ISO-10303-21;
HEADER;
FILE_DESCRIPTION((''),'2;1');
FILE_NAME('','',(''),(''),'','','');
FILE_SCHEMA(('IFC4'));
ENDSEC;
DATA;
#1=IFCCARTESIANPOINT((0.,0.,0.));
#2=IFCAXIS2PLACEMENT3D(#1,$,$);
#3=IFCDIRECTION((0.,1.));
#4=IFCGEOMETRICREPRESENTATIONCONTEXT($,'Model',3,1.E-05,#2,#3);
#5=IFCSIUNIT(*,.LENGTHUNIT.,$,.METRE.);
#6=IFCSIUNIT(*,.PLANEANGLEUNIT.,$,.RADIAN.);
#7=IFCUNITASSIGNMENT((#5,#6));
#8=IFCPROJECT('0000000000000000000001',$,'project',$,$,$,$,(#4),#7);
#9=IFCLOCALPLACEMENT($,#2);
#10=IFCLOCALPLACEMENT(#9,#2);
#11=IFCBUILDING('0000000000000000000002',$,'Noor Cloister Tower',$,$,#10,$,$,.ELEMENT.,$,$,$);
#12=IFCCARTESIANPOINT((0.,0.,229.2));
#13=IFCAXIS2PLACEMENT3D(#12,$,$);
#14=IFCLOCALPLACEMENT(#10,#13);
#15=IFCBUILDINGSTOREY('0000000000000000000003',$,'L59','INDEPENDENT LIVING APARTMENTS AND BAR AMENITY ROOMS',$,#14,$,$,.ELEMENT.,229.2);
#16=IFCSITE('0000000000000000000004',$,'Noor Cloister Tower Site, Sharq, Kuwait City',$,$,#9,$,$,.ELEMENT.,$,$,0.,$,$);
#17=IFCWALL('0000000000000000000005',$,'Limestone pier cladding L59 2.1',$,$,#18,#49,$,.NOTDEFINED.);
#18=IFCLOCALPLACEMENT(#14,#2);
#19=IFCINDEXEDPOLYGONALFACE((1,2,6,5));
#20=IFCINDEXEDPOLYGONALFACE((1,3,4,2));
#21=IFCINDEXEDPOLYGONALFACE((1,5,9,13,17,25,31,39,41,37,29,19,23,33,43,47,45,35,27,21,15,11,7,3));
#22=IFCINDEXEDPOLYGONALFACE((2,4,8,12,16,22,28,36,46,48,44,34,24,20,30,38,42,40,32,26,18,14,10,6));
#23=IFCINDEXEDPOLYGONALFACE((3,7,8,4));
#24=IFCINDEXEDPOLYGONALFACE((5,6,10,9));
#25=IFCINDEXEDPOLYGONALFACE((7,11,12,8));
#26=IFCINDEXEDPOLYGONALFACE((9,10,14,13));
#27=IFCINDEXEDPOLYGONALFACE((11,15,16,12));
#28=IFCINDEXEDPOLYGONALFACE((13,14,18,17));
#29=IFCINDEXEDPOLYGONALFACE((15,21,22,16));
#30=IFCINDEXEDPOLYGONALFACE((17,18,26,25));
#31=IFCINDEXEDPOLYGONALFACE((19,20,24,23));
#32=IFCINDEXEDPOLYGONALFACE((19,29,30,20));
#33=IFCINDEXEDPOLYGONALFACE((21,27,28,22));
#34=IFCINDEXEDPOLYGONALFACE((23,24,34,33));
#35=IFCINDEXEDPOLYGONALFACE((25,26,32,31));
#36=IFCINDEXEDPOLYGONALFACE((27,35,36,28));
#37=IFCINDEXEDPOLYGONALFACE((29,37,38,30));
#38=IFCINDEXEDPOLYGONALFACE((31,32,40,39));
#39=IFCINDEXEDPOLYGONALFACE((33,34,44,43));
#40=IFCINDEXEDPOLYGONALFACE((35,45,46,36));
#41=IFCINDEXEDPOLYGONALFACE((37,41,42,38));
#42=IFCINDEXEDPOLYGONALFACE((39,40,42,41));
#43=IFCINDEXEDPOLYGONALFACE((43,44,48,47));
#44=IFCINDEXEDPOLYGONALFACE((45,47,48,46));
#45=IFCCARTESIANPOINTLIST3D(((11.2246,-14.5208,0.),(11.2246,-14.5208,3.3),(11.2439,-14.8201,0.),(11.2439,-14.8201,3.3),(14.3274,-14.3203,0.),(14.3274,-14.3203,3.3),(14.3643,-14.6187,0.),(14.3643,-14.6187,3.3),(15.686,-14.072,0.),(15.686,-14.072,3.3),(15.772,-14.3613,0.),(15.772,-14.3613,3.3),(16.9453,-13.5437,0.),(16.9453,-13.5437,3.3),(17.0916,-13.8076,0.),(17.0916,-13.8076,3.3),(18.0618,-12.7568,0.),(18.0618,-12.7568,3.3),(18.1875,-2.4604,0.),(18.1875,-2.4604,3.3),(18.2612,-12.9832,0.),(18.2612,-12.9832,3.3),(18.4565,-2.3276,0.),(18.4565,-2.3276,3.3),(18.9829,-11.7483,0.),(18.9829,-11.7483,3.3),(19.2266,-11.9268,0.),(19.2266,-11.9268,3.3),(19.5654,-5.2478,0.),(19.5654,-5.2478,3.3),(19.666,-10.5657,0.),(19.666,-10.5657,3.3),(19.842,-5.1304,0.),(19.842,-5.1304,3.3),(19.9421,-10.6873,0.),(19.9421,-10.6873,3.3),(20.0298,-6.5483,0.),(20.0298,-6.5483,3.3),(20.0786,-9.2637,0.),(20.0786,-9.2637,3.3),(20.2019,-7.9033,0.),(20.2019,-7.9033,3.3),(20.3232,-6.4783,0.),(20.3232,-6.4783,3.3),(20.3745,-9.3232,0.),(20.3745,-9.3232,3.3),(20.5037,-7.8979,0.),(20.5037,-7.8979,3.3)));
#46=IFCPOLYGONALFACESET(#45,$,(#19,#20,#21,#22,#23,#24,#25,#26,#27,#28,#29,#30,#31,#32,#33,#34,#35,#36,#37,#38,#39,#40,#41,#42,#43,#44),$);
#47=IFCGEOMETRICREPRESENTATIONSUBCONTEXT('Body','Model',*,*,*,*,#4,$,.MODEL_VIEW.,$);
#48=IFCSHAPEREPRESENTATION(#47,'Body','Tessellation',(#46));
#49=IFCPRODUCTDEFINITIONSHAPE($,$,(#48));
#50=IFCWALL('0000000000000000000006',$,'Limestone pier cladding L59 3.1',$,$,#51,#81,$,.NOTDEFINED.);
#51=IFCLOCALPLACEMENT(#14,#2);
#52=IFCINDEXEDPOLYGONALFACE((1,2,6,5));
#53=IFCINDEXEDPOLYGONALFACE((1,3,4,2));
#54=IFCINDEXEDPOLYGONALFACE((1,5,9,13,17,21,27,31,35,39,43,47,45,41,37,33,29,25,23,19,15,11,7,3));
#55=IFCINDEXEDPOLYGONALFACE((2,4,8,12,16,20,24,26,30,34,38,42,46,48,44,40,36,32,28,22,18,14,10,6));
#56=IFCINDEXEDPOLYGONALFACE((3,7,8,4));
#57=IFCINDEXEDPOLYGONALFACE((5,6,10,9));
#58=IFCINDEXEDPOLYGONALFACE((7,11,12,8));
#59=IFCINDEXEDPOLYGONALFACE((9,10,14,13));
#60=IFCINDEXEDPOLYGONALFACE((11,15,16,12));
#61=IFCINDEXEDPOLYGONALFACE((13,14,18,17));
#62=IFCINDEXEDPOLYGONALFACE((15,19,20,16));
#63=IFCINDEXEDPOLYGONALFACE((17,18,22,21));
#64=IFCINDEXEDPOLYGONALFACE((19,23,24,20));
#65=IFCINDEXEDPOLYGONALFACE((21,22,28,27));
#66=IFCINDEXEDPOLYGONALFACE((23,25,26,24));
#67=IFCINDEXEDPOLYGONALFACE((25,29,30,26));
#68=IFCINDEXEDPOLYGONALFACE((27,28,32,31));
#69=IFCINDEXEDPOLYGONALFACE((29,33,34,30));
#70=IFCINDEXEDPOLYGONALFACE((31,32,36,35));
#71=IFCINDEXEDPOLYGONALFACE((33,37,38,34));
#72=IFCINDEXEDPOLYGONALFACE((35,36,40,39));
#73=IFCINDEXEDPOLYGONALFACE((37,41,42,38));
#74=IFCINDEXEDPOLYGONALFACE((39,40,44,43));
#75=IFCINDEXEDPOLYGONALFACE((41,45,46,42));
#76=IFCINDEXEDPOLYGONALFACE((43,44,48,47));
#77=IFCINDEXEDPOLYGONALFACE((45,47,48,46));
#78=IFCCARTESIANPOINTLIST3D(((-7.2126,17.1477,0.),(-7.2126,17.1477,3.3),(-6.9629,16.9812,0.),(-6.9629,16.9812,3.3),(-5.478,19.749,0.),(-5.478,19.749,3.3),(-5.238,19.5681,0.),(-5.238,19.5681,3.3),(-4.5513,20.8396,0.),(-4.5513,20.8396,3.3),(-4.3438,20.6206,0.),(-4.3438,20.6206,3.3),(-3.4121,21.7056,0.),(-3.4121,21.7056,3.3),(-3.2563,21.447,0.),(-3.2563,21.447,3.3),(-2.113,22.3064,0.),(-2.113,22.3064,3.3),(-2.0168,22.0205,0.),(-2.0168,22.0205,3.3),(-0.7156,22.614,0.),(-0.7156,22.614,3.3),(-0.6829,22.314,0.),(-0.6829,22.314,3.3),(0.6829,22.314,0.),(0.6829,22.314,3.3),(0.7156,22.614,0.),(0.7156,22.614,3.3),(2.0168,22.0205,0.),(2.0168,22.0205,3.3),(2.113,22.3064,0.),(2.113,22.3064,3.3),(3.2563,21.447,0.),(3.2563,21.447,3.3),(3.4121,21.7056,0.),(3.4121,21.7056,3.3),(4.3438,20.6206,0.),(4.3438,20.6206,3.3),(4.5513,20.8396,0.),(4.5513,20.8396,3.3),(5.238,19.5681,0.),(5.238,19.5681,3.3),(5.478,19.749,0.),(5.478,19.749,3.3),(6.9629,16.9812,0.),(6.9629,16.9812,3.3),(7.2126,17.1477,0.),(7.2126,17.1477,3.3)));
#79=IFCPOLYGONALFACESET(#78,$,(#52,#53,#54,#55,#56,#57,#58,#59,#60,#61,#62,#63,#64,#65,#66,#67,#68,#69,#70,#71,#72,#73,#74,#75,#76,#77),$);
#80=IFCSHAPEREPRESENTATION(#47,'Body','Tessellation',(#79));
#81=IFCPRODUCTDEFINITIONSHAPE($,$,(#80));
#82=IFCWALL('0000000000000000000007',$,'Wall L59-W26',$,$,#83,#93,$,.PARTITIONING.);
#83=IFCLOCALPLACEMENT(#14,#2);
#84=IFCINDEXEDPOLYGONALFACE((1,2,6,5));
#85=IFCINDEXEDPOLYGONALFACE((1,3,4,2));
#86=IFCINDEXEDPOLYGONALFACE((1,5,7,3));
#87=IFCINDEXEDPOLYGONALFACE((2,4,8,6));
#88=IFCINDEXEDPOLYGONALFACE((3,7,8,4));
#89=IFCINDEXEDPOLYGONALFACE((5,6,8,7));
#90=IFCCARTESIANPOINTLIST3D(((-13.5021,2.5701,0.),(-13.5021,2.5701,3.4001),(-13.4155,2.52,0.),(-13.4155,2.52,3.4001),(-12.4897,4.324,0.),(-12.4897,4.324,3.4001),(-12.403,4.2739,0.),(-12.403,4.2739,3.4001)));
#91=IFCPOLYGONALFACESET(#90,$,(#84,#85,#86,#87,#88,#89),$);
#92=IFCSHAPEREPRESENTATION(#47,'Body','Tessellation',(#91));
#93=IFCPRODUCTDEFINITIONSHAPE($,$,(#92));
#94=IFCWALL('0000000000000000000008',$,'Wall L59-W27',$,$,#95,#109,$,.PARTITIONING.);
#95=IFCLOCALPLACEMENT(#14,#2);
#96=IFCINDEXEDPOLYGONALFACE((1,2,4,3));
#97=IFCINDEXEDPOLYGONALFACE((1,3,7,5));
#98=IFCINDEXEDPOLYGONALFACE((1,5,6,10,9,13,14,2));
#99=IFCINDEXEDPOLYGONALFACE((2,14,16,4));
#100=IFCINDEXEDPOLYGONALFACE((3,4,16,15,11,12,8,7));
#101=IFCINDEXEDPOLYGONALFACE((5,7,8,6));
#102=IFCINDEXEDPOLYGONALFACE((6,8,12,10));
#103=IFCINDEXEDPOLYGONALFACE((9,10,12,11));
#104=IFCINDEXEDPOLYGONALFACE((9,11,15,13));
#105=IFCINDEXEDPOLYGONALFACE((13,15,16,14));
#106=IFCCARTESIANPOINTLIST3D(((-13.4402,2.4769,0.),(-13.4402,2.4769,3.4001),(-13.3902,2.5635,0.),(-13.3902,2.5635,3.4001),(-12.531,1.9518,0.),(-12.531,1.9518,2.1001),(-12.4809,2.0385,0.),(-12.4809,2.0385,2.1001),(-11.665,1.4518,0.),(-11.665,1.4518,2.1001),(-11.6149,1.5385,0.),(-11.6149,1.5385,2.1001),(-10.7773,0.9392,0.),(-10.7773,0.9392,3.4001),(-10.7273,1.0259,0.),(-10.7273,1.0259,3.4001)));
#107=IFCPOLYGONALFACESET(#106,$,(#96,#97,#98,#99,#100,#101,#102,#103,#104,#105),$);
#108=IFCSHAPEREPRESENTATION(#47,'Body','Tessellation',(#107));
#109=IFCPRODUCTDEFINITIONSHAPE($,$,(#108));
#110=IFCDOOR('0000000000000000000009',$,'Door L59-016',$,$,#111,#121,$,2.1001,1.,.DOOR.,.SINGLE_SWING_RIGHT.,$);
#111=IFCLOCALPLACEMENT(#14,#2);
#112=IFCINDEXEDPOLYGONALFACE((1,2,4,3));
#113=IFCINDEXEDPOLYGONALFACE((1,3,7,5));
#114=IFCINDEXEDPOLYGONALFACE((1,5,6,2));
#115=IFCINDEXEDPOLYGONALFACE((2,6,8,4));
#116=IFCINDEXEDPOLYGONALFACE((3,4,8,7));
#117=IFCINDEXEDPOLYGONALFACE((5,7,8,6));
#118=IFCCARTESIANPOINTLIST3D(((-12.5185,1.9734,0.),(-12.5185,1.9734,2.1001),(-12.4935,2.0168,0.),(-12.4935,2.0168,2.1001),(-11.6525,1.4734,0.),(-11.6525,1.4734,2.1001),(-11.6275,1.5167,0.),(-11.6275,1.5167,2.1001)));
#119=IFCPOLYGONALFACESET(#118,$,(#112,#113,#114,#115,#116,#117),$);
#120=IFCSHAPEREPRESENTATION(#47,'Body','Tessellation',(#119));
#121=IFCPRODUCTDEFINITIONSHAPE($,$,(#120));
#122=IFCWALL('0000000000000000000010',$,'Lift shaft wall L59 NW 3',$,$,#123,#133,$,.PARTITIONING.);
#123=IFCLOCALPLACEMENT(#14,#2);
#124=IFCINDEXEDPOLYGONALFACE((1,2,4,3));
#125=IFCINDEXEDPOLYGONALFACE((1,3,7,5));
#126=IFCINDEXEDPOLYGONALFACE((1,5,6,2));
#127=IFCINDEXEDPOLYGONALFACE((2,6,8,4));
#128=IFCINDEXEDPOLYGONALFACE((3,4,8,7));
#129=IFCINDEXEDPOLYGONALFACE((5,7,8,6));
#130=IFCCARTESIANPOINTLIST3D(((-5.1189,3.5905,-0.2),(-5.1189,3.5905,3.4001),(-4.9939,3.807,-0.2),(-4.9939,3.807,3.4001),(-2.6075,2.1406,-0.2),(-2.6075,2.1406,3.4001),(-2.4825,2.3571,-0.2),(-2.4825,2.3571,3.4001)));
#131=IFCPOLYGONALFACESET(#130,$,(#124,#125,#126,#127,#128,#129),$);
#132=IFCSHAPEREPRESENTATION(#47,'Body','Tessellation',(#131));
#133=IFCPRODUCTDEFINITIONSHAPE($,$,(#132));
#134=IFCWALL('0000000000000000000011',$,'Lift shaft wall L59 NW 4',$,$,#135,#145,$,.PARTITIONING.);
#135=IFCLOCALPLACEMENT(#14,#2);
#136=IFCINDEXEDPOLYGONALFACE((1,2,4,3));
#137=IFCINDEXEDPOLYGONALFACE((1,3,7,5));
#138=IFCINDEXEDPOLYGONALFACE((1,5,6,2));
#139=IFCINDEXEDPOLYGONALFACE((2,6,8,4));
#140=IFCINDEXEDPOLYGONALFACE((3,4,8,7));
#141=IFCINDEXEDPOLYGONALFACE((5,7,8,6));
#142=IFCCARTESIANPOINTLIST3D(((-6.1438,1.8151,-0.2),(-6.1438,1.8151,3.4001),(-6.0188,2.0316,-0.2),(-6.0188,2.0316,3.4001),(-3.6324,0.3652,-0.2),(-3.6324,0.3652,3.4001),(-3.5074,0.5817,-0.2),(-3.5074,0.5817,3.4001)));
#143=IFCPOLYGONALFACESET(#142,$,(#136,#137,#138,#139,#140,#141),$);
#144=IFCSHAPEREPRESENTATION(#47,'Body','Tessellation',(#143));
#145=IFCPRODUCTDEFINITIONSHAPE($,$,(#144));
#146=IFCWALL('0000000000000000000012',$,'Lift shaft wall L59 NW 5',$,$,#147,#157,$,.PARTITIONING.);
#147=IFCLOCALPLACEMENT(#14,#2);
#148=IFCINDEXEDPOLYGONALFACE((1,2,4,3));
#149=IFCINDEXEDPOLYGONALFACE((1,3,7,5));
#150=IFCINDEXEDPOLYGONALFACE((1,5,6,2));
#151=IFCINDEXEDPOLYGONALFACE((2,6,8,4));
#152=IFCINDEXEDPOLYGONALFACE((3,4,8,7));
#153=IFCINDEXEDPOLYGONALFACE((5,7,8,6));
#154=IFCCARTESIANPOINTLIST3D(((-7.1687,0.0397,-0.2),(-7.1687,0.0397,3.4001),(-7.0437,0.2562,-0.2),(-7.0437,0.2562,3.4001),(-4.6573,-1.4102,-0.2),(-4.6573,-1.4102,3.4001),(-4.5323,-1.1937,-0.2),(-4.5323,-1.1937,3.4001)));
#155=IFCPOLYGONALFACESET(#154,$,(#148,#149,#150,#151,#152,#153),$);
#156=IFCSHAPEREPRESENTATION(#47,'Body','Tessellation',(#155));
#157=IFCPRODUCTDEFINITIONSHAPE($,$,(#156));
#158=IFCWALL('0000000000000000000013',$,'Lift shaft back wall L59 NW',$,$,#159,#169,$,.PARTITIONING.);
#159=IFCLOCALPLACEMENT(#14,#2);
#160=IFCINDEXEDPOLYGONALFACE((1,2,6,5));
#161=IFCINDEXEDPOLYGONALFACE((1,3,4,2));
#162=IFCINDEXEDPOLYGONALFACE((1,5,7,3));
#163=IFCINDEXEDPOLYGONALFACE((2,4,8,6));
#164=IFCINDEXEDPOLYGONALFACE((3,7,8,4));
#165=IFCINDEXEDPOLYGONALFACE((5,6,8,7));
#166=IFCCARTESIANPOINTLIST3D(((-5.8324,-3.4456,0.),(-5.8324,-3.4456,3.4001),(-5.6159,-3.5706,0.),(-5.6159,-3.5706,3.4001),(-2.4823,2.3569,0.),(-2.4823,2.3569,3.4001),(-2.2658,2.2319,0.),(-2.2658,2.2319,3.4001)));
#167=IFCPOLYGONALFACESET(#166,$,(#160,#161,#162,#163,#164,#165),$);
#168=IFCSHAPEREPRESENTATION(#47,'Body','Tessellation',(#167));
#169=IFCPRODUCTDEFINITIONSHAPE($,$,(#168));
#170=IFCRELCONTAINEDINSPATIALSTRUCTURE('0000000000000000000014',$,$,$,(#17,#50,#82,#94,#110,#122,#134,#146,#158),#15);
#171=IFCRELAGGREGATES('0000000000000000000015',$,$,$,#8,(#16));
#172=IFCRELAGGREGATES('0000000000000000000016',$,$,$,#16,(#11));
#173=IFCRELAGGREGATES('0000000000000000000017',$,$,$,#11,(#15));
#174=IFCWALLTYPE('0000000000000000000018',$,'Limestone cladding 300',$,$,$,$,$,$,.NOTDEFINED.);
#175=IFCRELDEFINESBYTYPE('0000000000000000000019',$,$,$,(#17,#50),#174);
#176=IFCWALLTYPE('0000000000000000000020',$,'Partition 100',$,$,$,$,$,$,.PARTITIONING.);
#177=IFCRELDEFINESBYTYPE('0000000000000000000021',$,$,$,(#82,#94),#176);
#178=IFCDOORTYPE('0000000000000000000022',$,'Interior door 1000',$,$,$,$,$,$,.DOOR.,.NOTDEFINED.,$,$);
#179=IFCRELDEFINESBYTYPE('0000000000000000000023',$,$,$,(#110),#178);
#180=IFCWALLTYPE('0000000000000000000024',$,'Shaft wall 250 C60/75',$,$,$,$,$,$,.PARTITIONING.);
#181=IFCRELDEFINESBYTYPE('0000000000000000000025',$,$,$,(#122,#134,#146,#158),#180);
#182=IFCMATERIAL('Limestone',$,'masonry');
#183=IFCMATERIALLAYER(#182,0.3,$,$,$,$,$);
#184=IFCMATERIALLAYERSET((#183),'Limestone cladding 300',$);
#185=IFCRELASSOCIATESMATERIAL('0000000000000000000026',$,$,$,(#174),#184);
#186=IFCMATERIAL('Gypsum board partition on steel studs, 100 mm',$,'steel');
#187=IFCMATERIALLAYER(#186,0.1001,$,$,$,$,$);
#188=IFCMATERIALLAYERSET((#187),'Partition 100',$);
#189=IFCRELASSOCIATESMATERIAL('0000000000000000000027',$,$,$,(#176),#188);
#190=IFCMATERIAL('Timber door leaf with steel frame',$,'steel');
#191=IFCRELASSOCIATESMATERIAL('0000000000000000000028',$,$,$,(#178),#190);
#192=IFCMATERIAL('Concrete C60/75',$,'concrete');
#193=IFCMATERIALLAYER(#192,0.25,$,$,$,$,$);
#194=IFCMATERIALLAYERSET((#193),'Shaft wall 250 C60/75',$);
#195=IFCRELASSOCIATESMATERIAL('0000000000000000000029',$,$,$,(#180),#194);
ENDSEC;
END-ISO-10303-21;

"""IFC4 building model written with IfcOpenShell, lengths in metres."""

from ifc_helpers import new_model, si_unit, direction, frame, frame_2d, origin, place, context, subcontext, project, spatial, polyline, rectangle, outline, extrude, material, layer, layer_set, type_object, element, fill, save


model = new_model("IFC4")

# Units and contexts
model_context = context("Model", 3, precision=1e-05, world=origin(), true_north=direction((0.0, 1.0)))
body_context = subcontext(model_context, "Body", "Model", "MODEL_VIEW")
ifc_project = project(units=[si_unit("LENGTHUNIT", "METRE"), si_unit("PLANEANGLEUNIT", "RADIAN")], contexts=[model_context])

# Site, building, storey
site_placement = place(None, origin())
site = spatial("IfcSite", under=ifc_project, at=site_placement, Name="Noor Cloister Tower Site, Sharq, Kuwait City", CompositionType="ELEMENT", RefElevation=0.0)
building_placement = place(site_placement, origin())
building = spatial("IfcBuilding", under=site, at=building_placement, Name="Noor Cloister Tower", CompositionType="ELEMENT")
storey_placement = place(building_placement, frame((0.0, 0.0, 229.2)))
storey = spatial("IfcBuildingStorey", under=building, at=storey_placement, Name="L59", Description="INDEPENDENT LIVING APARTMENTS AND BAR AMENITY ROOMS", CompositionType="ELEMENT", Elevation=229.2)

# Walls
ifc_material_1 = material(Name="Limestone", Category="masonry")
ifc_layer_1 = layer(ifc_material_1, 0.3)
ifc_layer_set_1 = layer_set([ifc_layer_1], Name="Limestone cladding 300")
wall_type_1 = type_object("IfcWallType", Name="Limestone cladding 300", PredefinedType="NOTDEFINED", material=ifc_layer_set_1)
wall_1_placement = place(storey_placement, origin())
element("IfcWall", 1, at=wall_1_placement, inside=storey, type_object=wall_type_1, Name="Limestone pier cladding L59 2.1", PredefinedType="NOTDEFINED", context=body_context, shape_type="SweptSolid", body=[
    extrude(outline(polyline([(11.2439, -14.8201), (14.3643, -14.6187), (15.772, -14.3613), (17.0916, -13.8076), (18.2612, -12.9832), (19.2266, -11.9268), (19.9421, -10.6873), (20.3745, -9.3232), (20.5037, -7.8979), (20.3232, -6.4783), (19.842, -5.1304), (18.4565, -2.3276), (18.1875, -2.4604), (19.5654, -5.2478), (20.0298, -6.5483), (20.2019, -7.9033), (20.0786, -9.2637), (19.666, -10.5657), (18.9829, -11.7483), (18.0618, -12.7568), (16.9453, -13.5437), (15.686, -14.072), (14.3274, -14.3203), (11.2246, -14.5208), (11.2439, -14.8201)])), origin(), (0.0, 0.0, 1.0), 3.3),
])
wall_2_placement = place(storey_placement, origin())
element("IfcWall", 2, at=wall_2_placement, inside=storey, type_object=wall_type_1, Name="Limestone pier cladding L59 3.1", PredefinedType="NOTDEFINED", context=body_context, shape_type="SweptSolid", body=[
    extrude(outline(polyline([(7.2126, 17.1477), (5.478, 19.749), (4.5513, 20.8396), (3.4121, 21.7056), (2.113, 22.3064), (0.7156, 22.614), (-0.7156, 22.614), (-2.113, 22.3064), (-3.4121, 21.7056), (-4.5513, 20.8396), (-5.478, 19.749), (-7.2126, 17.1477), (-6.9629, 16.9812), (-5.238, 19.5681), (-4.3438, 20.6206), (-3.2563, 21.447), (-2.0168, 22.0205), (-0.6829, 22.314), (0.6829, 22.314), (2.0168, 22.0205), (3.2563, 21.447), (4.3438, 20.6206), (5.238, 19.5681), (6.9629, 16.9812), (7.2126, 17.1477)])), origin(), (0.0, 0.0, 1.0), 3.3),
])
ifc_material_2 = material(Name="Gypsum board partition on steel studs, 100 mm", Category="steel")
ifc_layer_2 = layer(ifc_material_2, 0.1001)
ifc_layer_set_2 = layer_set([ifc_layer_2], Name="Partition 100")
wall_type_2 = type_object("IfcWallType", Name="Partition 100", PredefinedType="PARTITIONING", material=ifc_layer_set_2)
wall_3_placement = place(storey_placement, frame((-12.4463, 4.2991, 0.0), z_axis=(0.0, 0.0, 1.0), x_axis=(-0.499938, -0.866061, 0.0)))
element("IfcWall", 3, at=wall_3_placement, inside=storey, type_object=wall_type_2, Name="Wall L59-W26", PredefinedType="PARTITIONING", context=body_context, shape_type="SweptSolid", body=[
    extrude(rectangle(XDim=2.0251, YDim=0.1001, at=frame_2d((1.0127, 0.0))), origin(), (0.0, 0.0, 1.0), 3.4001),
])

# Wall, opening, door
wall_4_placement = place(storey_placement, frame((-13.4153, 2.5203, 0.0), z_axis=(0.0, 0.0, 1.0), x_axis=(0.865997, -0.50005, 0.0)))
wall_4 = element("IfcWall", 4, at=wall_4_placement, inside=storey, type_object=wall_type_2, Name="Wall L59-W27", PredefinedType="PARTITIONING", context=body_context, shape_type="SweptSolid", body=[
    extrude(rectangle(XDim=3.075, YDim=0.1001, at=frame_2d((1.5376, 0.0))), origin(), (0.0, 0.0, 1.0), 3.4001),
])
opening_1_placement = place(wall_4_placement, frame((1.05, 0.0, 0.0)))
opening_1 = element("IfcOpeningElement", 5, at=opening_1_placement, cuts=wall_4, PredefinedType="OPENING", context=body_context, shape_type="SweptSolid", body=[
    extrude(rectangle(XDim=1.0, YDim=2.1001, at=frame_2d((0.5, 1.05))), frame((0.0, 0.0601, 0.0), z_axis=(0.0, -1.0, 0.0), x_axis=(1.0, 0.0, 0.0)), (0.0, 0.0, 1.0), 0.1201),
])
ifc_material_3 = material(Name="Timber door leaf with steel frame", Category="steel")
door_type_1 = type_object("IfcDoorType", Name="Interior door 1000", OperationType="NOTDEFINED", PredefinedType="DOOR", material=ifc_material_3)
door_1_placement = place(opening_1_placement, origin())
door_1 = element("IfcDoor", 6, at=door_1_placement, inside=storey, type_object=door_type_1, Name="Door L59-016", OperationType="SINGLE_SWING_RIGHT", OverallHeight=2.1001, OverallWidth=1.0, PredefinedType="DOOR", context=body_context, shape_type="SweptSolid", body=[
    extrude(rectangle(XDim=1.0, YDim=2.1001, at=frame_2d((0.5, 1.05))), frame((0.0, 0.0249, 0.0), z_axis=(0.0, -1.0, 0.0), x_axis=(1.0, 0.0, 0.0)), (0.0, 0.0, 1.0), 0.05),
])
fill(opening_1, door_1)

# Walls
ifc_material_4 = material(Name="Concrete C60/75", Category="concrete")
ifc_layer_3 = layer(ifc_material_4, 0.25)
ifc_layer_set_3 = layer_set([ifc_layer_3], Name="Shaft wall 250 C60/75")
wall_type_3 = type_object("IfcWallType", Name="Shaft wall 250 C60/75", PredefinedType="PARTITIONING", material=ifc_layer_set_3)
for number, where, z_axis, x_axis, name in (
    (7, (-5.0564, 3.6987, -0.2), (0.0, 0.0, 1.0), (0.866033, -0.499987, 0.0), "Lift shaft wall L59 NW 3"),
    (8, (-6.0813, 1.9233, -0.2), (0.0, 0.0, 1.0), (0.866033, -0.499987, 0.0), "Lift shaft wall L59 NW 4"),
    (9, (-7.1062, 0.1479, -0.2), (0.0, 0.0, 1.0), (0.866033, -0.499987, 0.0), "Lift shaft wall L59 NW 5"),
):
    element("IfcWall", number, at=place(storey_placement, frame(where, z_axis=z_axis, x_axis=x_axis)), inside=storey, type_object=wall_type_3, Name=name, PredefinedType="PARTITIONING", context=body_context, shape_type="SweptSolid", body=[
        extrude(rectangle(XDim=2.8999, YDim=0.25, at=frame_2d((1.45, 0.0))), origin(), (0.0, 0.0, 1.0), 3.6001),
    ])
wall_5_placement = place(storey_placement, frame((-2.374, 2.2944, 0.0), z_axis=(0.0, 0.0, 1.0), x_axis=(-0.500003, -0.866024, 0.0)))
element("IfcWall", 10, at=wall_5_placement, inside=storey, type_object=wall_type_3, Name="Lift shaft back wall L59 NW", PredefinedType="PARTITIONING", context=body_context, shape_type="SweptSolid", body=[
    extrude(rectangle(XDim=6.7002, YDim=0.25, at=frame_2d((3.3501, 0.0))), origin(), (0.0, 0.0, 1.0), 3.4001),
])

save(model, "model.ifc")
